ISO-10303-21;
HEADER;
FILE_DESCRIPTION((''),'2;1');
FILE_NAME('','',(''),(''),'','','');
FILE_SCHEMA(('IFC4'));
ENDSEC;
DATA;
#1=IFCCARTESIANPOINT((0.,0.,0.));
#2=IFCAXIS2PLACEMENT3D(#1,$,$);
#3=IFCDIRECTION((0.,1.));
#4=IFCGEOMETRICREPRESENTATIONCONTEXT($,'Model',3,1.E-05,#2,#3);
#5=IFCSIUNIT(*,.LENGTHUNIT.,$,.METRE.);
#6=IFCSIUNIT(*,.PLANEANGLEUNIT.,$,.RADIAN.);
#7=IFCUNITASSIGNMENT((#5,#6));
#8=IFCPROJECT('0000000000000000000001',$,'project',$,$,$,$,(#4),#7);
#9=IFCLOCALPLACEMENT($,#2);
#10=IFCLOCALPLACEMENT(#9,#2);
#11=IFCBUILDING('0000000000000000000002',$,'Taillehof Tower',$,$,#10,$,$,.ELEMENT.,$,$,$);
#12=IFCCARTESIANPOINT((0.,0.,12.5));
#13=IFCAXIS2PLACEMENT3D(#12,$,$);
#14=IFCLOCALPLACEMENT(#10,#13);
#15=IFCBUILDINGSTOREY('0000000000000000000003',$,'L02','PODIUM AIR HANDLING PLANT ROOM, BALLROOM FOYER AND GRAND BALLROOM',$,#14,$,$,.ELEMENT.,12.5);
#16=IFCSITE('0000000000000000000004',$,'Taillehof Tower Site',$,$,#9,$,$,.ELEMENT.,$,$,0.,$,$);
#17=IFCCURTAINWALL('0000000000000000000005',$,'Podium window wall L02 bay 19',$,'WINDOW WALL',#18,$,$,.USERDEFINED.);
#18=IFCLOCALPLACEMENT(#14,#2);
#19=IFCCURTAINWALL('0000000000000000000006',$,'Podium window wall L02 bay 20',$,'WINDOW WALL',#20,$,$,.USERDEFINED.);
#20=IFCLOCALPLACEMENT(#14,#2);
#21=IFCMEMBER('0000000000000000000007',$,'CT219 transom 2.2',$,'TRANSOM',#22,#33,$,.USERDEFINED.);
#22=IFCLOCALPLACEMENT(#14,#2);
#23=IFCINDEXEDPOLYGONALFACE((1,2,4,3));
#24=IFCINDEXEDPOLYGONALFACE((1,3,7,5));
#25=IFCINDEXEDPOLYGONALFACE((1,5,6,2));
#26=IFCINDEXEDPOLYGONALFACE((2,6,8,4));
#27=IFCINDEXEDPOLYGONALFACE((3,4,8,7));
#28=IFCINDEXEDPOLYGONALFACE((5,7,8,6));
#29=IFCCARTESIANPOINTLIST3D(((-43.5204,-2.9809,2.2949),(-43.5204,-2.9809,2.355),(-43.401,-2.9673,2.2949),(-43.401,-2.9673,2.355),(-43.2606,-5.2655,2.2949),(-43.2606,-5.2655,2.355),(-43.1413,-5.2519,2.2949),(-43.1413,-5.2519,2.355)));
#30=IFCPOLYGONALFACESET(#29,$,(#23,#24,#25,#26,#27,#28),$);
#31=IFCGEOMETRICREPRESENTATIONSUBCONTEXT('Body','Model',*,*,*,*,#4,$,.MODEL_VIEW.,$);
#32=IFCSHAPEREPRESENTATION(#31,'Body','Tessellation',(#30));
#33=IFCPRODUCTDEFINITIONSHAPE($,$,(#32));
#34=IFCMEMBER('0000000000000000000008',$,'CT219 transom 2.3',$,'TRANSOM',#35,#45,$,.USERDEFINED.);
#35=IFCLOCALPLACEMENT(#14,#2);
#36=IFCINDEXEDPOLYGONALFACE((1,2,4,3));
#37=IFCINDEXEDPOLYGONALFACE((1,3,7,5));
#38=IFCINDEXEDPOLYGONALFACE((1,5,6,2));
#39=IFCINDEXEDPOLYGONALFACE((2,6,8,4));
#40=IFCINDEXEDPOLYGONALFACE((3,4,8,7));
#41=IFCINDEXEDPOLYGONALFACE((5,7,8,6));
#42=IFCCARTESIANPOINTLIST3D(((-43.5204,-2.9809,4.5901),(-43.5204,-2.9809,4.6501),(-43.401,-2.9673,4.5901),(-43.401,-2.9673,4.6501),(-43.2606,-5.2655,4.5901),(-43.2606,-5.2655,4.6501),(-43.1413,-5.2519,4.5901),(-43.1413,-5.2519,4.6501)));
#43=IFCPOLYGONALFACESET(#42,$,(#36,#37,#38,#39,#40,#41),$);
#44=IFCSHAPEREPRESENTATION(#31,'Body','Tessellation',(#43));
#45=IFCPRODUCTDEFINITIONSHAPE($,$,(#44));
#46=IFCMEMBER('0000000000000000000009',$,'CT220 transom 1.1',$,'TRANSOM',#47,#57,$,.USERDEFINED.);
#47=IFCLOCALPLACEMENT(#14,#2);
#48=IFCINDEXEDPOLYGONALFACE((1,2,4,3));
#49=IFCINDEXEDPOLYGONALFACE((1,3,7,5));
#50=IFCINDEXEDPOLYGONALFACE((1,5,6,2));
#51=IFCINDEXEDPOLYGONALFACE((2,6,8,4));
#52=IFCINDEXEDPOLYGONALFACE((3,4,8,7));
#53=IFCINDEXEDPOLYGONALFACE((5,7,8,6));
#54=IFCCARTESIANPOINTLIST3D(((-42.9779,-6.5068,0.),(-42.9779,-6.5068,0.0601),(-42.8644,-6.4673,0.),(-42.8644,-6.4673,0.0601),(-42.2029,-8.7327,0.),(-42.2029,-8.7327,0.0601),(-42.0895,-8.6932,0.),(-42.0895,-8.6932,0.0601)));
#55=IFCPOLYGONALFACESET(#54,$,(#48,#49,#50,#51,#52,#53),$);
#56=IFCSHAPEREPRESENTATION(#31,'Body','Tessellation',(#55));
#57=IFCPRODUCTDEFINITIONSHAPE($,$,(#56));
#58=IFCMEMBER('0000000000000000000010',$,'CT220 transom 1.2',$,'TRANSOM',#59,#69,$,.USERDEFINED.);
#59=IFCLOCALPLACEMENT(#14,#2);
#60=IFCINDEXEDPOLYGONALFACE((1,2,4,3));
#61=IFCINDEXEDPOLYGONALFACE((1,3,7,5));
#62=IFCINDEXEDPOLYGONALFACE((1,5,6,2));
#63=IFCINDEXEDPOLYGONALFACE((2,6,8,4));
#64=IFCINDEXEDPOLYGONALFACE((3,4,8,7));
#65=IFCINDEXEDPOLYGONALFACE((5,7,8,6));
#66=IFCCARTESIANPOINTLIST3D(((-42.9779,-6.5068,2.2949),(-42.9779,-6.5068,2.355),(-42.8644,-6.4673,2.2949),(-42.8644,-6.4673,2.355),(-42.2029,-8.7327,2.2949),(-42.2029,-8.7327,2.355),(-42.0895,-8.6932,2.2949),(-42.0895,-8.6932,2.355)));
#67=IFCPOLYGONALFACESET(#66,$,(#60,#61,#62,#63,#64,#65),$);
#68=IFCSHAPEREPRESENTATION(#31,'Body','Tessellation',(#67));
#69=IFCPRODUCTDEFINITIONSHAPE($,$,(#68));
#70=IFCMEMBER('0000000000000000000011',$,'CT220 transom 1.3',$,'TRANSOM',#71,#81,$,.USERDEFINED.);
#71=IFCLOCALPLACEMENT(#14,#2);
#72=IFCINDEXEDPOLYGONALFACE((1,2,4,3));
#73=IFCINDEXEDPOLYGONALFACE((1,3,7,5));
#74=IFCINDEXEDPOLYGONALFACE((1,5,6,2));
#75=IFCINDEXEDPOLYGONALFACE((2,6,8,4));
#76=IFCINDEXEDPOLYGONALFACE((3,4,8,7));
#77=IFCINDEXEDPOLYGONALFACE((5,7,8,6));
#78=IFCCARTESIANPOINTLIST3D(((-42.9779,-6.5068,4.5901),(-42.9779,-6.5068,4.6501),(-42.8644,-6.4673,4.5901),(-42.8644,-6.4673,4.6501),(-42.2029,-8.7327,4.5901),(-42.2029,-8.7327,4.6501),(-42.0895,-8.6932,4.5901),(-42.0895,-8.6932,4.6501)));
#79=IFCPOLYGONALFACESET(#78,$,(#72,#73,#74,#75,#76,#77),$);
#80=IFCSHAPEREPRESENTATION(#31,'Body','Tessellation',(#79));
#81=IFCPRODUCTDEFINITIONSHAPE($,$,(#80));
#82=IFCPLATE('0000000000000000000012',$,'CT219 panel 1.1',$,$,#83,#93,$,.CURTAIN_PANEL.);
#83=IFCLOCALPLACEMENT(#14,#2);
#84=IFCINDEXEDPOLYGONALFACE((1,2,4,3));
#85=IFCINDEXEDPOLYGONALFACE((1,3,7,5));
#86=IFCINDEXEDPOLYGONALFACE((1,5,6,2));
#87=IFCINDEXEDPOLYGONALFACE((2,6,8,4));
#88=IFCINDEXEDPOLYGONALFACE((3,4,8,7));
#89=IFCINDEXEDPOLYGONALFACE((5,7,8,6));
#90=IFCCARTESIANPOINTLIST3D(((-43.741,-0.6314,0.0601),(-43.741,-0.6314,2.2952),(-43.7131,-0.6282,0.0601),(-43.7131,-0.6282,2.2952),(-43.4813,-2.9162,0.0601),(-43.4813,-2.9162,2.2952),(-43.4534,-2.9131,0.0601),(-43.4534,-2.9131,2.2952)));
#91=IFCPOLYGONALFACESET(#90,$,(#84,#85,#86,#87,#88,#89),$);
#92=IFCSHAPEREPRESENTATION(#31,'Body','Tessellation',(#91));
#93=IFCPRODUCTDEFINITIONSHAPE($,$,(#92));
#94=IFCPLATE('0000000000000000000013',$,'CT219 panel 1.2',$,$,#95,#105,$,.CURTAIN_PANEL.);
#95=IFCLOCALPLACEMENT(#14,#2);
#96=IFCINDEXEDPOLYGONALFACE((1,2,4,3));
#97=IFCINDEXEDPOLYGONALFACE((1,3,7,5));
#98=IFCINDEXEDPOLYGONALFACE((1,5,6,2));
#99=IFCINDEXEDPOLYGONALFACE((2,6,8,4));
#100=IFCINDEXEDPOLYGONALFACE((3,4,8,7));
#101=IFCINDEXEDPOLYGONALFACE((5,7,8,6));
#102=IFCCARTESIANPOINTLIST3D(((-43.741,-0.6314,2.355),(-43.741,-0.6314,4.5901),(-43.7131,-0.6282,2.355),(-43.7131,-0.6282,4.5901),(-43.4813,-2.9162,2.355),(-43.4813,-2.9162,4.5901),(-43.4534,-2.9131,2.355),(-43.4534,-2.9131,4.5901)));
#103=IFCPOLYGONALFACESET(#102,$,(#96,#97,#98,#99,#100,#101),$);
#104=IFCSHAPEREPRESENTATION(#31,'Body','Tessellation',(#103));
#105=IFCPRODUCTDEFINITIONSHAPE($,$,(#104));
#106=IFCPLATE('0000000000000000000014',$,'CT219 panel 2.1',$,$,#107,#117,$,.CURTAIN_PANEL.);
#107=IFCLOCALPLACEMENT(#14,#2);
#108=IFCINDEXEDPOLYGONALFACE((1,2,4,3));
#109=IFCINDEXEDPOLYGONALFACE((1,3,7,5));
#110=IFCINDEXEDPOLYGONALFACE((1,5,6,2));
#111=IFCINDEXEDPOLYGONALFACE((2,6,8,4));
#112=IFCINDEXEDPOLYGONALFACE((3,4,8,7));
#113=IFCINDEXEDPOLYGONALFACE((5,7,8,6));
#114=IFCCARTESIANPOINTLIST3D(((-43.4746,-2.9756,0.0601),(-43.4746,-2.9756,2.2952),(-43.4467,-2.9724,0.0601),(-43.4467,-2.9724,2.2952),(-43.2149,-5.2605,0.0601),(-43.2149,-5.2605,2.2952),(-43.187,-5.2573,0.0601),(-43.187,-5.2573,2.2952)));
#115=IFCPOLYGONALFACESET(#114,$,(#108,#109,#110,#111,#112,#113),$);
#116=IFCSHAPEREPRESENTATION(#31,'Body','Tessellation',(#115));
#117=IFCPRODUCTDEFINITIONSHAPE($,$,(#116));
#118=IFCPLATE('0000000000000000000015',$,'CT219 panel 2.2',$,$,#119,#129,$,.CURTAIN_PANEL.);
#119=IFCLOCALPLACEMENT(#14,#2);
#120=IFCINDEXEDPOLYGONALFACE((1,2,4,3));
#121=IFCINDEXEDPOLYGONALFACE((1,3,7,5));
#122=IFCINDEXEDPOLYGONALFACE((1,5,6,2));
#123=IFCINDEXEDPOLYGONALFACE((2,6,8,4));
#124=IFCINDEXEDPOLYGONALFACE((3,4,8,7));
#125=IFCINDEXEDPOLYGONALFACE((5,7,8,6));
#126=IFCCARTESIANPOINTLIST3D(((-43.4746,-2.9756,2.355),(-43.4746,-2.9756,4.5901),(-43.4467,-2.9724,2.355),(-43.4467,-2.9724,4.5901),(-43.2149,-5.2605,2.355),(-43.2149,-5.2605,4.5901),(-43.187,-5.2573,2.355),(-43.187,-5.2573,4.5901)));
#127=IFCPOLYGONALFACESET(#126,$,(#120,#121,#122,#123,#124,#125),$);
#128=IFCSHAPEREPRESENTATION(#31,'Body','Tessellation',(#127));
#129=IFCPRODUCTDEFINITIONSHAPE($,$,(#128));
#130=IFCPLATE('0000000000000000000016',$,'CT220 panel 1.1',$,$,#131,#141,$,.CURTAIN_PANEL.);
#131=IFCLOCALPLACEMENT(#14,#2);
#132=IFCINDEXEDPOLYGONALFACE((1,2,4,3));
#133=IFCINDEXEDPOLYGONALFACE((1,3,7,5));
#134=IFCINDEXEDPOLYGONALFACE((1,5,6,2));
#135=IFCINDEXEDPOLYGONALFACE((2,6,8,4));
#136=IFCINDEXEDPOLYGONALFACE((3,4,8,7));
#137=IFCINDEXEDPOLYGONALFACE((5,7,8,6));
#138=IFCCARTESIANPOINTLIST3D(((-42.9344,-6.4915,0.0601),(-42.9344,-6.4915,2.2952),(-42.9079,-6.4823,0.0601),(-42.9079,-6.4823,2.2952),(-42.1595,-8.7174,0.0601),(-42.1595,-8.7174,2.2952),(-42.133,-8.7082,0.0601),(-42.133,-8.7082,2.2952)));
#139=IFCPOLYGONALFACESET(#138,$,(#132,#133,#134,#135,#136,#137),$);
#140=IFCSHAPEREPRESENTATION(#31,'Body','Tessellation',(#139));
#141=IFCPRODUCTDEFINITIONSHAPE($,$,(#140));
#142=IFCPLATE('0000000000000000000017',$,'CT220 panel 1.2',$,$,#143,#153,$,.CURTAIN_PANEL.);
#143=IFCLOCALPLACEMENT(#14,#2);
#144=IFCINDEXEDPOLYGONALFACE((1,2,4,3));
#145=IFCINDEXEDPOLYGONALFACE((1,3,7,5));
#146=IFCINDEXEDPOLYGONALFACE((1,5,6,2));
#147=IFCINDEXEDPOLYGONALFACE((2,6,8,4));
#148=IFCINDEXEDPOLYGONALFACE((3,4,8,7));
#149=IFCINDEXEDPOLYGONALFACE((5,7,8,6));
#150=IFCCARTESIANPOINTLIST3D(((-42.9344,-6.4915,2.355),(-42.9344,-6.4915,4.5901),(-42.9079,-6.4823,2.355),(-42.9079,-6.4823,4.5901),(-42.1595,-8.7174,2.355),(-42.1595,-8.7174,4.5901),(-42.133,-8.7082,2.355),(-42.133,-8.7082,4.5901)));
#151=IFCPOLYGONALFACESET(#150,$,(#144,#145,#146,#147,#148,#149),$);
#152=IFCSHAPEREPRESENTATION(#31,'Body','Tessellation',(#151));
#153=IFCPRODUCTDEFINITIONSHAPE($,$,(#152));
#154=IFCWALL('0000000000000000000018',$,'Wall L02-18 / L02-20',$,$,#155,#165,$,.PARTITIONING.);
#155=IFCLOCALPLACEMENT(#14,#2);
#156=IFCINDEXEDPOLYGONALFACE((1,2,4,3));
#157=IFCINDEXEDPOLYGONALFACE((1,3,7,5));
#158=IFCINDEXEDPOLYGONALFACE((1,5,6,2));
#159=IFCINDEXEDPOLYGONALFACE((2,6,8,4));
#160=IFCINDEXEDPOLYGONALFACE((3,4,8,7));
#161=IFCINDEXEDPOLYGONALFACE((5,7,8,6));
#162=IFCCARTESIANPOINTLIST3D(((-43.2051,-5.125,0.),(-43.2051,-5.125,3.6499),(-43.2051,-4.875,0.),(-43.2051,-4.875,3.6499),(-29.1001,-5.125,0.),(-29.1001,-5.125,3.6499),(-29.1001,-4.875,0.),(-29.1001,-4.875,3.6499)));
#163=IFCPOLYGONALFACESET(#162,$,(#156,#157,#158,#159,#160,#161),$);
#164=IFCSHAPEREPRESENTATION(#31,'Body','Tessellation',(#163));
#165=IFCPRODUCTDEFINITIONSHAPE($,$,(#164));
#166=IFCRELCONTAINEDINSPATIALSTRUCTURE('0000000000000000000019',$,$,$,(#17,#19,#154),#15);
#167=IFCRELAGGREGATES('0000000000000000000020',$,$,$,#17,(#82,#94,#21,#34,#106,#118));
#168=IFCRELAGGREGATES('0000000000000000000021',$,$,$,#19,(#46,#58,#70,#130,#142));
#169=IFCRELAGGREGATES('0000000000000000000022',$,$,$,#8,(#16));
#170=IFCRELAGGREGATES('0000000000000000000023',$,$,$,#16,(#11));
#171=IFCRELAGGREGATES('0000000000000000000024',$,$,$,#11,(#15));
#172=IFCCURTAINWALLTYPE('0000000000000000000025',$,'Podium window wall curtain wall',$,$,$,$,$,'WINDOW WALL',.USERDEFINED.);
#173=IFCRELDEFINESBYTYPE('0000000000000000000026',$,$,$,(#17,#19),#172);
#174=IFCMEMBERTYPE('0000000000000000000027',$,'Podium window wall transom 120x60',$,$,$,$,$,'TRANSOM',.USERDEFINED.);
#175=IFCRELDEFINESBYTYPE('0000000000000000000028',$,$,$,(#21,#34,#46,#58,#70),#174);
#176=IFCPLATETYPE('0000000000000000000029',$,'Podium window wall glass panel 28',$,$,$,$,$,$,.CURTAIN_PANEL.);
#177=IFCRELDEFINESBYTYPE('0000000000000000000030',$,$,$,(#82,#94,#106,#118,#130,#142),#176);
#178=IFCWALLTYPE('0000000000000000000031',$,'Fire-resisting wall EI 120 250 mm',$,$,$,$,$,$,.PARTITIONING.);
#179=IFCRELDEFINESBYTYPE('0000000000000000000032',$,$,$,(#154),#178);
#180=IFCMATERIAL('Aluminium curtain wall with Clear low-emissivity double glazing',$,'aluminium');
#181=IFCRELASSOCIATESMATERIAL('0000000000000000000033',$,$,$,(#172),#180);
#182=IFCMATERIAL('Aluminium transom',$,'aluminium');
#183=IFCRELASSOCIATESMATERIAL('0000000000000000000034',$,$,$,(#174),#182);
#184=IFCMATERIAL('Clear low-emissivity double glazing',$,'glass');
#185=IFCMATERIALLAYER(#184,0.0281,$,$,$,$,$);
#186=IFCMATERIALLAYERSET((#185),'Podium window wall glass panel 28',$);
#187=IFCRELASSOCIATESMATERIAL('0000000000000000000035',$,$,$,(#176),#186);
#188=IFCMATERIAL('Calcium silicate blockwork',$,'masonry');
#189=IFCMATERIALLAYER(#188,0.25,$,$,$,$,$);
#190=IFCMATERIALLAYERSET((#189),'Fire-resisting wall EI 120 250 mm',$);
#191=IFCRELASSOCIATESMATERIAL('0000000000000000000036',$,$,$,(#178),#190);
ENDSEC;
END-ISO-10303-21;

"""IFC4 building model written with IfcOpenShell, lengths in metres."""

from ifc_helpers import new_model, si_unit, direction, frame, frame_2d, origin, origin_2d, place, context, subcontext, project, spatial, rectangle, extrude, material, layer, layer_set, material_profile, profile_set, type_object, element, aggregate, save


model = new_model("IFC4")

# Units and contexts
model_context = context("Model", 3, precision=1e-05, world=origin(), true_north=direction((0.0, 1.0)))
body_context = subcontext(model_context, "Body", "Model", "MODEL_VIEW")
ifc_project = project(units=[si_unit("LENGTHUNIT", "METRE"), si_unit("PLANEANGLEUNIT", "RADIAN")], contexts=[model_context])

# Site, building, storey
site_placement = place(None, origin())
site = spatial("IfcSite", under=ifc_project, at=site_placement, Name="Taillehof Tower Site", CompositionType="ELEMENT", RefElevation=0.0)
building_placement = place(site_placement, origin())
building = spatial("IfcBuilding", under=site, at=building_placement, Name="Taillehof Tower", CompositionType="ELEMENT")
storey_placement = place(building_placement, frame((0.0, 0.0, 12.5)))
storey = spatial("IfcBuildingStorey", under=building, at=storey_placement, Name="L02", Description="PODIUM AIR HANDLING PLANT ROOM, BALLROOM FOYER AND GRAND BALLROOM", CompositionType="ELEMENT", Elevation=12.5)

# Curtain wall
ifc_material_1 = material(Name="Aluminium curtain wall with Clear low-emissivity double glazing", Category="aluminium")
curtain_wall_type = type_object("IfcCurtainWallType", Name="Podium window wall curtain wall", ElementType="WINDOW WALL", PredefinedType="USERDEFINED", material=ifc_material_1)
curtain_wall_1_placement = place(storey_placement, origin())
curtain_wall_1 = element("IfcCurtainWall", 1, at=curtain_wall_1_placement, inside=storey, type_object=curtain_wall_type, Name="Podium window wall L02 bay 19", ObjectType="WINDOW WALL", PredefinedType="USERDEFINED")

# Curtain wall
curtain_wall_2_placement = place(storey_placement, origin())
curtain_wall_2 = element("IfcCurtainWall", 2, at=curtain_wall_2_placement, inside=storey, type_object=curtain_wall_type, Name="Podium window wall L02 bay 20", ObjectType="WINDOW WALL", PredefinedType="USERDEFINED")

# Members
ifc_material_2 = material(Name="Aluminium transom", Category="aluminium")
ifc_material_profile_1 = material_profile(ifc_material_2, rectangle(XDim=0.1201, YDim=0.0601, at=origin_2d()), Name="AL 120x60")
ifc_profile_set_1 = profile_set([ifc_material_profile_1], Name="Aluminium transom")
member_type_1 = type_object("IfcMemberType", Name="Podium window wall transom 120x60", ElementType="TRANSOM", PredefinedType="USERDEFINED", material=ifc_profile_set_1)
member_1_placement = place(storey_placement, frame((-43.4607, -2.9741, 2.325), z_axis=(0.112972, -0.993598, 0.0), x_axis=(0.993598, 0.112972, 0.0)))
member_1 = element("IfcMember", 3, at=member_1_placement, type_object=member_type_1, Name="CT219 transom 2.2", ObjectType="TRANSOM", PredefinedType="USERDEFINED", context=body_context, shape_type="SweptSolid", body=[
    extrude(rectangle(XDim=0.1201, YDim=0.0601, at=origin_2d()), origin(), (0.0, 0.0, 1.0), 2.2993),
])
member_2_placement = place(storey_placement, frame((-43.4607, -2.9741, 4.6201), z_axis=(0.112972, -0.993598, 0.0), x_axis=(0.993598, 0.112972, 0.0)))
member_2 = element("IfcMember", 4, at=member_2_placement, type_object=member_type_1, Name="CT219 transom 2.3", ObjectType="TRANSOM", PredefinedType="USERDEFINED", context=body_context, shape_type="SweptSolid", body=[
    extrude(rectangle(XDim=0.1201, YDim=0.0601, at=origin_2d()), origin(), (0.0, 0.0, 1.0), 2.2993),
])
member_3_placement = place(storey_placement, frame((-42.9211, -6.4871, 0.03), z_axis=(0.328786, -0.944405, 0.0), x_axis=(0.944405, 0.328786, 0.0)))
member_3 = element("IfcMember", 5, at=member_3_placement, type_object=member_type_1, Name="CT220 transom 1.1", ObjectType="TRANSOM", PredefinedType="USERDEFINED", context=body_context, shape_type="SweptSolid", body=[
    extrude(rectangle(XDim=0.1201, YDim=0.0601, at=origin_2d()), origin(), (0.0, 0.0, 1.0), 2.3569),
])
member_4_placement = place(storey_placement, frame((-42.9211, -6.4871, 2.325), z_axis=(0.328786, -0.944405, 0.0), x_axis=(0.944405, 0.328786, 0.0)))
member_4 = element("IfcMember", 6, at=member_4_placement, type_object=member_type_1, Name="CT220 transom 1.2", ObjectType="TRANSOM", PredefinedType="USERDEFINED", context=body_context, shape_type="SweptSolid", body=[
    extrude(rectangle(XDim=0.1201, YDim=0.0601, at=origin_2d()), origin(), (0.0, 0.0, 1.0), 2.3569),
])
member_5_placement = place(storey_placement, frame((-42.9211, -6.4871, 4.6201), z_axis=(0.328786, -0.944405, 0.0), x_axis=(0.944405, 0.328786, 0.0)))
member_5 = element("IfcMember", 7, at=member_5_placement, type_object=member_type_1, Name="CT220 transom 1.3", ObjectType="TRANSOM", PredefinedType="USERDEFINED", context=body_context, shape_type="SweptSolid", body=[
    extrude(rectangle(XDim=0.1201, YDim=0.0601, at=origin_2d()), origin(), (0.0, 0.0, 1.0), 2.3569),
])

# Plates
ifc_material_3 = material(Name="Clear low-emissivity double glazing", Category="glass")
ifc_layer_1 = layer(ifc_material_3, 0.0281)
ifc_layer_set_1 = layer_set([ifc_layer_1], Name="Podium window wall glass panel 28")
plate_type = type_object("IfcPlateType", Name="Podium window wall glass panel 28", PredefinedType="CURTAIN_PANEL", material=ifc_layer_set_1)
plate_1_placement = place(storey_placement, frame((-43.5972, -1.7722, 0.0601), z_axis=(0.0, 0.0, 1.0), x_axis=(0.112932, -0.993603, 0.0)))
plate_1 = element("IfcPlate", 8, at=plate_1_placement, type_object=plate_type, Name="CT219 panel 1.1", PredefinedType="CURTAIN_PANEL", context=body_context, shape_type="SweptSolid", body=[
    extrude(rectangle(XDim=2.2996, YDim=0.0281, at=origin_2d()), origin(), (0.0, 0.0, 1.0), 2.2351),
])
plate_2_placement = place(storey_placement, frame((-43.5972, -1.7722, 2.355), z_axis=(0.0, 0.0, 1.0), x_axis=(0.112932, -0.993603, 0.0)))
plate_2 = element("IfcPlate", 9, at=plate_2_placement, type_object=plate_type, Name="CT219 panel 1.2", PredefinedType="CURTAIN_PANEL", context=body_context, shape_type="SweptSolid", body=[
    extrude(rectangle(XDim=2.2996, YDim=0.0281, at=origin_2d()), origin(), (0.0, 0.0, 1.0), 2.2351),
])
plate_3_placement = place(storey_placement, frame((-43.3308, -4.1165, 0.0601), z_axis=(0.0, 0.0, 1.0), x_axis=(0.112932, -0.993603, 0.0)))
plate_3 = element("IfcPlate", 10, at=plate_3_placement, type_object=plate_type, Name="CT219 panel 2.1", PredefinedType="CURTAIN_PANEL", context=body_context, shape_type="SweptSolid", body=[
    extrude(rectangle(XDim=2.2996, YDim=0.0281, at=origin_2d()), origin(), (0.0, 0.0, 1.0), 2.2351),
])
plate_4_placement = place(storey_placement, frame((-43.3308, -4.1165, 2.355), z_axis=(0.0, 0.0, 1.0), x_axis=(0.112932, -0.993603, 0.0)))
plate_4 = element("IfcPlate", 11, at=plate_4_placement, type_object=plate_type, Name="CT219 panel 2.2", PredefinedType="CURTAIN_PANEL", context=body_context, shape_type="SweptSolid", body=[
    extrude(rectangle(XDim=2.2996, YDim=0.0281, at=origin_2d()), origin(), (0.0, 0.0, 1.0), 2.2351),
])
aggregate(curtain_wall_1, [plate_1, plate_2, member_1, member_2, plate_3, plate_4])
plate_5_placement = place(storey_placement, frame((-42.5337, -7.5999, 0.0601), z_axis=(0.0, 0.0, 1.0), x_axis=(0.328758, -0.944414, 0.0)))
plate_5 = element("IfcPlate", 12, at=plate_5_placement, type_object=plate_type, Name="CT220 panel 1.1", PredefinedType="CURTAIN_PANEL", context=body_context, shape_type="SweptSolid", body=[
    extrude(rectangle(XDim=2.3569, YDim=0.0281, at=origin_2d()), origin(), (0.0, 0.0, 1.0), 2.2351),
])
plate_6_placement = place(storey_placement, frame((-42.5337, -7.5999, 2.355), z_axis=(0.0, 0.0, 1.0), x_axis=(0.328758, -0.944414, 0.0)))
plate_6 = element("IfcPlate", 13, at=plate_6_placement, type_object=plate_type, Name="CT220 panel 1.2", PredefinedType="CURTAIN_PANEL", context=body_context, shape_type="SweptSolid", body=[
    extrude(rectangle(XDim=2.3569, YDim=0.0281, at=origin_2d()), origin(), (0.0, 0.0, 1.0), 2.2351),
])
aggregate(curtain_wall_2, [member_3, member_4, member_5, plate_5, plate_6])

# Wall
ifc_material_4 = material(Name="Calcium silicate blockwork", Category="masonry")
ifc_layer_2 = layer(ifc_material_4, 0.25)
ifc_layer_set_2 = layer_set([ifc_layer_2], Name="Fire-resisting wall EI 120 250 mm")
wall_type = type_object("IfcWallType", Name="Fire-resisting wall EI 120 250 mm", PredefinedType="PARTITIONING", material=ifc_layer_set_2)
wall_placement = place(storey_placement, frame((-43.2051, -5.0, 0.0), z_axis=(0.0, 0.0, 1.0), x_axis=(1.0, 0.0, 0.0)))
element("IfcWall", 14, at=wall_placement, inside=storey, type_object=wall_type, Name="Wall L02-18 / L02-20", PredefinedType="PARTITIONING", context=body_context, shape_type="SweptSolid", body=[
    extrude(rectangle(XDim=14.105, YDim=0.25, at=frame_2d((7.0525, 0.0))), origin(), (0.0, 0.0, 1.0), 3.6499),
])

save(model, "model.ifc")
